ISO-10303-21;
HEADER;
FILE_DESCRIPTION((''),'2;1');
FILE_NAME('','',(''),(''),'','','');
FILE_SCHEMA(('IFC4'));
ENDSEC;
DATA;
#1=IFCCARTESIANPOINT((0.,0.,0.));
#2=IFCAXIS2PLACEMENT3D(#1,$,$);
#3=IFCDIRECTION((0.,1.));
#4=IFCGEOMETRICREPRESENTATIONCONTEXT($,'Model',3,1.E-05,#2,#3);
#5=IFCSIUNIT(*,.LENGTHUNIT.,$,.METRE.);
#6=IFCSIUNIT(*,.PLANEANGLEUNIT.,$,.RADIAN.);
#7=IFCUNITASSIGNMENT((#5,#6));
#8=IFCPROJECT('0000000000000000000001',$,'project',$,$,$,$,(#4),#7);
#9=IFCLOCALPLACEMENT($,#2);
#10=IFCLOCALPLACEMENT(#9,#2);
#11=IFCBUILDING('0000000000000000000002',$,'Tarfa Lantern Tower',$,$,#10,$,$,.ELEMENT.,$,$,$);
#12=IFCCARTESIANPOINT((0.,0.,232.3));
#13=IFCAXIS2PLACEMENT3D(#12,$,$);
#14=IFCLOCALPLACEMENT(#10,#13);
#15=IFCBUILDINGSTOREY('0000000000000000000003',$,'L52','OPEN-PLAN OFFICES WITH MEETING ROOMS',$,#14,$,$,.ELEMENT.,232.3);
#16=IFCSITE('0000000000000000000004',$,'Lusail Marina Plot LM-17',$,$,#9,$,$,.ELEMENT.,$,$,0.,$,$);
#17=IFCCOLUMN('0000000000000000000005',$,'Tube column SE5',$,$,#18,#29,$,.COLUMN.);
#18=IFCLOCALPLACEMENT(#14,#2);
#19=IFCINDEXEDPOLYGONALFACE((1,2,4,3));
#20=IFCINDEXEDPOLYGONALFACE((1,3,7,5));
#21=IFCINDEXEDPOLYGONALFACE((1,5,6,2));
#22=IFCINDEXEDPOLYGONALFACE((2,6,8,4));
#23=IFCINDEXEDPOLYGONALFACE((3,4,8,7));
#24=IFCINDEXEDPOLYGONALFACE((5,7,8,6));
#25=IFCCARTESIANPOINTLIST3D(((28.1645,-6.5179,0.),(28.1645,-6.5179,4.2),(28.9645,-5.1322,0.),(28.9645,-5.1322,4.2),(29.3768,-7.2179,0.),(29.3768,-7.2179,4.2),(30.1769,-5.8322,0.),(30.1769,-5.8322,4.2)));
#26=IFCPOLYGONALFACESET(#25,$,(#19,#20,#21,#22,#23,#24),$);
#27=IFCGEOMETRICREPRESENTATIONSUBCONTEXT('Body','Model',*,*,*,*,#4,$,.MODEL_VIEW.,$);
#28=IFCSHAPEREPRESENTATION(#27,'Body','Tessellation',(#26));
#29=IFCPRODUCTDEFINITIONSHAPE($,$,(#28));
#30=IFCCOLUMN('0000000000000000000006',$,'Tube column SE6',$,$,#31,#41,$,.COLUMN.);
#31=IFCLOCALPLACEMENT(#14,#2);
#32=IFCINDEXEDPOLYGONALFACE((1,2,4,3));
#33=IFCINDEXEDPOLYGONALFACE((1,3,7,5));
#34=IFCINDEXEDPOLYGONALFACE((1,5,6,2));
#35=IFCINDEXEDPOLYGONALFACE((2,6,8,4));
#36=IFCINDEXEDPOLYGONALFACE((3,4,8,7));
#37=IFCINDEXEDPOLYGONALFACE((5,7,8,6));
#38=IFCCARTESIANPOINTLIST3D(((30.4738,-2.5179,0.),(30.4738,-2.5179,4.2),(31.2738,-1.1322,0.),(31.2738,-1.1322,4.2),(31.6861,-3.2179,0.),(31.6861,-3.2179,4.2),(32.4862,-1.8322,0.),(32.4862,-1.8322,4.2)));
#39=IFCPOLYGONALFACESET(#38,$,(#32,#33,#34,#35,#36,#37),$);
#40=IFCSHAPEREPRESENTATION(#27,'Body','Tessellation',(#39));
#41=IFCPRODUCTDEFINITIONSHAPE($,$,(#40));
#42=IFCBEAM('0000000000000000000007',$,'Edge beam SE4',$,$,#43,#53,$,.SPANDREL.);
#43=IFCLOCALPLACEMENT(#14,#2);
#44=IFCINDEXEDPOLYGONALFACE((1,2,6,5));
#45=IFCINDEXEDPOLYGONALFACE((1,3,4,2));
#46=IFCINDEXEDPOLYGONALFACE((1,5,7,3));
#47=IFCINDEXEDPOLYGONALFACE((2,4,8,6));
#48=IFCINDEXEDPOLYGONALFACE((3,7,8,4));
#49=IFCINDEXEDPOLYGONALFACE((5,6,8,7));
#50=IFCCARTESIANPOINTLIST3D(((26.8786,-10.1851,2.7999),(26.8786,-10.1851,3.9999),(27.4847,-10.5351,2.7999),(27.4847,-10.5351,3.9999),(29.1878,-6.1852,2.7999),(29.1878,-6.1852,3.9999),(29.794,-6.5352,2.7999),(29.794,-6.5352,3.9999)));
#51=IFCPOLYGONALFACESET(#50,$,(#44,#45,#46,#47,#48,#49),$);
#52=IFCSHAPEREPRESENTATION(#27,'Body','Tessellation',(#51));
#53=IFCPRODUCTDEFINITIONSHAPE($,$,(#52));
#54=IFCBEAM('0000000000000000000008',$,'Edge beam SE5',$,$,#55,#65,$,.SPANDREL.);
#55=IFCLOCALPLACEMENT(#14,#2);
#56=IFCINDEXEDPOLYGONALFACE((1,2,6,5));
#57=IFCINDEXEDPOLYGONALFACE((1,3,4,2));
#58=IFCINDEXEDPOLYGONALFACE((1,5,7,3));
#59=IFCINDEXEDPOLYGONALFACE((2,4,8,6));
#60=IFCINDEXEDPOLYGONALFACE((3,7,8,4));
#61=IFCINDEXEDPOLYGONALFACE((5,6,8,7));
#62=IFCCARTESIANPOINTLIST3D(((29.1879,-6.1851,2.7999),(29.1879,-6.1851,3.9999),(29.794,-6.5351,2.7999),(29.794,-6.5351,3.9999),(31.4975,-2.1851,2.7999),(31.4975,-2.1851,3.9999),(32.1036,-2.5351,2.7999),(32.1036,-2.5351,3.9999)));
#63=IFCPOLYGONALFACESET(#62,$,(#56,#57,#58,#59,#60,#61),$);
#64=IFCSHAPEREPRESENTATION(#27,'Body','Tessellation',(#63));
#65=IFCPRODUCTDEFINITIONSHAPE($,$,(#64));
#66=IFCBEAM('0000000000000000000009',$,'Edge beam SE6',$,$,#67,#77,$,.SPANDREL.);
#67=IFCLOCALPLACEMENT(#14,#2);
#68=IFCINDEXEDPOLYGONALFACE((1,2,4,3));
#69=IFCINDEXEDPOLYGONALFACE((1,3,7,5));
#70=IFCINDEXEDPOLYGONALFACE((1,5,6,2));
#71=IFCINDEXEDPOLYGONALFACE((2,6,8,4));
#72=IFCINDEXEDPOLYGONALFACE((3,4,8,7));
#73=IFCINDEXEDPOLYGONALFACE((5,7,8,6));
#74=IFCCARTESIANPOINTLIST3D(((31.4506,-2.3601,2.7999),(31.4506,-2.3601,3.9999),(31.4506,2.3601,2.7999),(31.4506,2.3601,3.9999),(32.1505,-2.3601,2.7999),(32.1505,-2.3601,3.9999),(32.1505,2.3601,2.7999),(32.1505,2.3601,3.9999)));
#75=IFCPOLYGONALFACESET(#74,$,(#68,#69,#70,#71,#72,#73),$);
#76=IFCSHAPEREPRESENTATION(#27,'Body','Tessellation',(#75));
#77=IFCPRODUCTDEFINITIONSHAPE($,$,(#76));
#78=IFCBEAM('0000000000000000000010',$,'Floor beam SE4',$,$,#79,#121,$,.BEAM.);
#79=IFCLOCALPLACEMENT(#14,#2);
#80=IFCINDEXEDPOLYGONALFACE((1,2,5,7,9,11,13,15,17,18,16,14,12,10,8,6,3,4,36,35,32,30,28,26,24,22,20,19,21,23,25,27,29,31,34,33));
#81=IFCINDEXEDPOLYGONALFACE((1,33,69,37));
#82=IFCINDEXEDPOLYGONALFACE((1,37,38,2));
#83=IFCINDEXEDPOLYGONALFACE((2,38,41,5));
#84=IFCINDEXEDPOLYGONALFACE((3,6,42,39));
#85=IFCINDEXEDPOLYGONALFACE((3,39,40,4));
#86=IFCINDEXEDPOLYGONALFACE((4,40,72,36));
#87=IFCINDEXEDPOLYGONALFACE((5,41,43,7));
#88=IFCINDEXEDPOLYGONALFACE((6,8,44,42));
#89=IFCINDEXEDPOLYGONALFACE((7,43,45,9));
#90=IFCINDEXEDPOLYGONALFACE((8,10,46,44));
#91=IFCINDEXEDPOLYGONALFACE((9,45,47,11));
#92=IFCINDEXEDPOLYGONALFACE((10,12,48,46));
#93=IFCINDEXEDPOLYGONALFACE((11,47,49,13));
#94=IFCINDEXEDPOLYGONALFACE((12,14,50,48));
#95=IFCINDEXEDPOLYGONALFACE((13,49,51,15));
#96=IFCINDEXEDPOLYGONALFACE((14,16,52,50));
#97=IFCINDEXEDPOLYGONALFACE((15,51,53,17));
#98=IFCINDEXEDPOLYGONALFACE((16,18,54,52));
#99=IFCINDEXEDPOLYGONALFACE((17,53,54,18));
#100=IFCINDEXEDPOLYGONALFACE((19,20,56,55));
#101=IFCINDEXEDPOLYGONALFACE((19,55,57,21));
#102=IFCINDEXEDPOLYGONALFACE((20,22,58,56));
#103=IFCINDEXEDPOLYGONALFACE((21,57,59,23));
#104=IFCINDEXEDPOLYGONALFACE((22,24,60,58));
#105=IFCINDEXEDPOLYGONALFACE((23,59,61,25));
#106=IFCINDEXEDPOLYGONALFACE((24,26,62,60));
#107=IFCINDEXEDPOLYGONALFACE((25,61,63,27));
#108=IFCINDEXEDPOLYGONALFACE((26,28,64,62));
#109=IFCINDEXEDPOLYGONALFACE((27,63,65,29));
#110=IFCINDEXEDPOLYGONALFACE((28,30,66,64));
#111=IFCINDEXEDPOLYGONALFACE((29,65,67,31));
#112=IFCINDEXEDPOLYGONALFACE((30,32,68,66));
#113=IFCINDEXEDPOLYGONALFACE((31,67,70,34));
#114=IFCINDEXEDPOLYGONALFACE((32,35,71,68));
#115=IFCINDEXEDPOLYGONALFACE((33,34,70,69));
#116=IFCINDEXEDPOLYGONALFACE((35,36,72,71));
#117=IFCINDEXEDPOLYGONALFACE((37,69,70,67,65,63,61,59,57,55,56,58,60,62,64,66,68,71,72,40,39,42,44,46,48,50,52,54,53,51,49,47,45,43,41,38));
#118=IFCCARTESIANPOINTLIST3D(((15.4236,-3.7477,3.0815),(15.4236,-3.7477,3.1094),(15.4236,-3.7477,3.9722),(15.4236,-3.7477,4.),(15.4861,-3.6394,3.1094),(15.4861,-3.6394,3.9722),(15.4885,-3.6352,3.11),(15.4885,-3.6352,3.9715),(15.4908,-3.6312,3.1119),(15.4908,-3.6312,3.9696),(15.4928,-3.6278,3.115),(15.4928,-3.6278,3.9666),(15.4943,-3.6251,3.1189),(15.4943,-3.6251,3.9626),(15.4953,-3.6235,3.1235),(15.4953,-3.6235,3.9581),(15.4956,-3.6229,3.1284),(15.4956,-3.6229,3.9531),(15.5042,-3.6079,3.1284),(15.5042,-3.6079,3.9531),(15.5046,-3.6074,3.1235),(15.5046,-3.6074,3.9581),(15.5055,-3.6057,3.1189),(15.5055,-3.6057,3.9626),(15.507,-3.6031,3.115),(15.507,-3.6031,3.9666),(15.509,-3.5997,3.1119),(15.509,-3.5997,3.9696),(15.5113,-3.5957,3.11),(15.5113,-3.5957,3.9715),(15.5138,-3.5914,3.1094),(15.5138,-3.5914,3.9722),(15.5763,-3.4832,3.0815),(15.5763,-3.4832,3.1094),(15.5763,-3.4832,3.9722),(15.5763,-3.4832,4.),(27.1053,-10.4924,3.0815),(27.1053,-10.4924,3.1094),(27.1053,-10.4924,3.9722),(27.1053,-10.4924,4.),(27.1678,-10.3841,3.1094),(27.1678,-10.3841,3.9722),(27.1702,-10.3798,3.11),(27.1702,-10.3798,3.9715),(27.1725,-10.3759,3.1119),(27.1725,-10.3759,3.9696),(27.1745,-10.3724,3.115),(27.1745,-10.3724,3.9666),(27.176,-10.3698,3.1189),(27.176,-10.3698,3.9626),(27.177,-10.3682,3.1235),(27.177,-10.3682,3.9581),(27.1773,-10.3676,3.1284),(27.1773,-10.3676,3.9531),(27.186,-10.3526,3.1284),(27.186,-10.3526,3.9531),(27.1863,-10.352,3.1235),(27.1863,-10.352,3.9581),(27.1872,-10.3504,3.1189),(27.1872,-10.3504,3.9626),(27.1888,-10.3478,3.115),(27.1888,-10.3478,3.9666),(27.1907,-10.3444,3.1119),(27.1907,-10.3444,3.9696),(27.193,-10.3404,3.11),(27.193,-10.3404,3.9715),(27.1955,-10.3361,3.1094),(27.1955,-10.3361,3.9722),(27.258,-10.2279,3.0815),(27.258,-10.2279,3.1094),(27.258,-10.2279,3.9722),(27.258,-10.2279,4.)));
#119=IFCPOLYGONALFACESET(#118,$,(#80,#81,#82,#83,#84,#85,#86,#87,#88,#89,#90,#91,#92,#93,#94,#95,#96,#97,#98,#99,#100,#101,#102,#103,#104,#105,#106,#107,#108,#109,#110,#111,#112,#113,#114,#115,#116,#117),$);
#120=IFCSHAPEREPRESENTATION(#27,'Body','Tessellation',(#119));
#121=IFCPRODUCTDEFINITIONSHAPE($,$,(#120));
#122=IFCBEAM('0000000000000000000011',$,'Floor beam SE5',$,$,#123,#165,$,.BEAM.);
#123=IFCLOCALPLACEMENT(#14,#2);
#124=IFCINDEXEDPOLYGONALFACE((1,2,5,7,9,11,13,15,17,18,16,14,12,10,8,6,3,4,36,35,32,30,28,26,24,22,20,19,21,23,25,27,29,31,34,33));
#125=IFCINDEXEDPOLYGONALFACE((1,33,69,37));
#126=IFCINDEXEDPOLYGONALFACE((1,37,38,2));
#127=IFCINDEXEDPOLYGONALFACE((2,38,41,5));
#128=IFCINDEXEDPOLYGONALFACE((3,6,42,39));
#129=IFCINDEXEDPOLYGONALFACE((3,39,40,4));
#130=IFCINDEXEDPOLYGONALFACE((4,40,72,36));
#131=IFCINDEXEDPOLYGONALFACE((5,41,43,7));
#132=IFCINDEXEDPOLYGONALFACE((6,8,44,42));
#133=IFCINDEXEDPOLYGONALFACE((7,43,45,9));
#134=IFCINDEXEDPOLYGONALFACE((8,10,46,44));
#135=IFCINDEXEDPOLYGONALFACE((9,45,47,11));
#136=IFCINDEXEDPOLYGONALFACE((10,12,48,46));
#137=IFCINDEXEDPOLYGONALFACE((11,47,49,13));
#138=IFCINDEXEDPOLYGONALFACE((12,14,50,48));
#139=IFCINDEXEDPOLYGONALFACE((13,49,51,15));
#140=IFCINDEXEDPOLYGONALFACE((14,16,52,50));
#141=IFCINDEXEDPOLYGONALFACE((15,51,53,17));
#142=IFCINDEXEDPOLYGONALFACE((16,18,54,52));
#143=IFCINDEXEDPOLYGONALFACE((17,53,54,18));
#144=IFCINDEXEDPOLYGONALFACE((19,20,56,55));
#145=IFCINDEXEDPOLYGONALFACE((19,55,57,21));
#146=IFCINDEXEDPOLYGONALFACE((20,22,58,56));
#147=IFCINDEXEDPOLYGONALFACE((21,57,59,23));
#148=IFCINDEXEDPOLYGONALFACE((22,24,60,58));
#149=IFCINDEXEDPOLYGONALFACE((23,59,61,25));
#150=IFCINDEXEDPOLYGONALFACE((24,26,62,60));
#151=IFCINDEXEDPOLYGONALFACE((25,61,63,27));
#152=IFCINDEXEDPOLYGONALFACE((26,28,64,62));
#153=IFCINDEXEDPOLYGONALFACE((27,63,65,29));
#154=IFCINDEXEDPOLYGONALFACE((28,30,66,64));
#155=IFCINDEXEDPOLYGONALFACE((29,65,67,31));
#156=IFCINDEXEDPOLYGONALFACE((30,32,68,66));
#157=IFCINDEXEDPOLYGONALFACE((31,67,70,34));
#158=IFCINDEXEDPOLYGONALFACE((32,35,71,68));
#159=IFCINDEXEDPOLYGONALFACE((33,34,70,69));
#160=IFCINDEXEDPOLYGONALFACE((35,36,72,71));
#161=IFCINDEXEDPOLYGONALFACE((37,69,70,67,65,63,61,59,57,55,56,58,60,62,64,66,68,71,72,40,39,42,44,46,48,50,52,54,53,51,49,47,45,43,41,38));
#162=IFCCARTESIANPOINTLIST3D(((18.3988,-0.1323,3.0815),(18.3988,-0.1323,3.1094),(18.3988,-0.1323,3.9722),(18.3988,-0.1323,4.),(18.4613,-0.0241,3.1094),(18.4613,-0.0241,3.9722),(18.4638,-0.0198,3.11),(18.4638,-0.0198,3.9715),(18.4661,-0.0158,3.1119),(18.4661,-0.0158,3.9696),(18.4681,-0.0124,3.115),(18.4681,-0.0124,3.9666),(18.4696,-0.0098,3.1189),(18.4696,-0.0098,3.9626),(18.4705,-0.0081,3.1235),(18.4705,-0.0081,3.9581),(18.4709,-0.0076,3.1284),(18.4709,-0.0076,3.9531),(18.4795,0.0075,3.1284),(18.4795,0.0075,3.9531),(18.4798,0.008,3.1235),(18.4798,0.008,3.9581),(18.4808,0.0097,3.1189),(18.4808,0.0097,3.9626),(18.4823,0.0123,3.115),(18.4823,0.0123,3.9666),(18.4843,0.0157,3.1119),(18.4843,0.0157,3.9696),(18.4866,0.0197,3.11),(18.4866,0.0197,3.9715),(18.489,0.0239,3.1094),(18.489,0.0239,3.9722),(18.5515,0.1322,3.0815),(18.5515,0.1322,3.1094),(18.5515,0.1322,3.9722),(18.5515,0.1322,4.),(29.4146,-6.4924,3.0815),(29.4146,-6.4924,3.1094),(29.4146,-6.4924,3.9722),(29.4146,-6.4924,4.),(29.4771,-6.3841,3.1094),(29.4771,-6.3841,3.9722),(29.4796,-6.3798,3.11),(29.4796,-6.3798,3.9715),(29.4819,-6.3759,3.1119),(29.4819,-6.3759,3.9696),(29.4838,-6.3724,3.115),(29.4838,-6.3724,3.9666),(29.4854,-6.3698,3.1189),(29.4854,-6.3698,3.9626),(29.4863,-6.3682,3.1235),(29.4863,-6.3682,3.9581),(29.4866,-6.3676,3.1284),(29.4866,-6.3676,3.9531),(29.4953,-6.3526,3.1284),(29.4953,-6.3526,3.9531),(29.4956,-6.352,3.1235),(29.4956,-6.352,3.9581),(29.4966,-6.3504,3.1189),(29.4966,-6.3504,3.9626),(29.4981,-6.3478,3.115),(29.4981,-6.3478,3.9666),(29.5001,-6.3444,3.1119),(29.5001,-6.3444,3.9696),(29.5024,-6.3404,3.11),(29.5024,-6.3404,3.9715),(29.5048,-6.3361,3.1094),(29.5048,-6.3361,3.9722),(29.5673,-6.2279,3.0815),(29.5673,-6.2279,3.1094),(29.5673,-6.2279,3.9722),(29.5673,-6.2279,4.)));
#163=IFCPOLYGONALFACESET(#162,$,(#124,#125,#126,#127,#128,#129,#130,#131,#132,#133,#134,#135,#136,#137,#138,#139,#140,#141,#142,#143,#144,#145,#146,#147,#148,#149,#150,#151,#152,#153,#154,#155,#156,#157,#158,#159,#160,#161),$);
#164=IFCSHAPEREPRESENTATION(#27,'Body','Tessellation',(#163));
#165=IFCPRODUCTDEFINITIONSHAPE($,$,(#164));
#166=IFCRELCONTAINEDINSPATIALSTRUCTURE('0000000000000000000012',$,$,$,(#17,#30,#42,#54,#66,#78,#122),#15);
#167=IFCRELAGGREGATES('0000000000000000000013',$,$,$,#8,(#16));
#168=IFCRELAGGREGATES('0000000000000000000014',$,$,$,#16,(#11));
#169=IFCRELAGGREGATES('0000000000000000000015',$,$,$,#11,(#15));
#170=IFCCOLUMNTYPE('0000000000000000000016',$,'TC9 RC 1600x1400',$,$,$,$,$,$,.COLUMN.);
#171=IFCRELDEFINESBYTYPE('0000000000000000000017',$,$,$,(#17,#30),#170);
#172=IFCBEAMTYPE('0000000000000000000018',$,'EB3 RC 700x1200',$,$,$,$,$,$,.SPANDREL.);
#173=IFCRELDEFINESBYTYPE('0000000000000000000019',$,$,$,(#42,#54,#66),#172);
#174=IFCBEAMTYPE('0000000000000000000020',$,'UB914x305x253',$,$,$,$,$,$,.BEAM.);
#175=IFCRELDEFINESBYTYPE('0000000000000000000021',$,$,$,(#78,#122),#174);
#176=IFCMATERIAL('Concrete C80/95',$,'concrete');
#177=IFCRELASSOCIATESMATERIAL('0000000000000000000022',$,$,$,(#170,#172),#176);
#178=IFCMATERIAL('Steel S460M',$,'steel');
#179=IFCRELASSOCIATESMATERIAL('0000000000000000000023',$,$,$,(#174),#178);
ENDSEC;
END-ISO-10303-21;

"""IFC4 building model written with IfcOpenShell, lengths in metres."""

from ifc_helpers import new_model, si_unit, direction, frame, origin, origin_2d, place, context, subcontext, project, spatial, rectangle, i_section, extrude, material, material_profile, profile_set, type_object, element, save


model = new_model("IFC4")

# Units and contexts
model_context = context("Model", 3, precision=1e-05, world=origin(), true_north=direction((0.0, 1.0)))
body_context = subcontext(model_context, "Body", "Model", "MODEL_VIEW")
ifc_project = project(units=[si_unit("LENGTHUNIT", "METRE"), si_unit("PLANEANGLEUNIT", "RADIAN")], contexts=[model_context])

# Site, building, storey
site_placement = place(None, origin())
site = spatial("IfcSite", under=ifc_project, at=site_placement, Name="Lusail Marina Plot LM-17", CompositionType="ELEMENT", RefElevation=0.0)
building_placement = place(site_placement, origin())
building = spatial("IfcBuilding", under=site, at=building_placement, Name="Tarfa Lantern Tower", CompositionType="ELEMENT")
storey_placement = place(building_placement, frame((0.0, 0.0, 232.3)))
storey = spatial("IfcBuildingStorey", under=building, at=storey_placement, Name="L52", Description="OPEN-PLAN OFFICES WITH MEETING ROOMS", CompositionType="ELEMENT", Elevation=232.3)

# Columns
ifc_material_1 = material(Name="Concrete C80/95", Category="concrete")
ifc_material_profile_1 = material_profile(ifc_material_1, rectangle(XDim=1.6001, YDim=1.3999, at=origin_2d()), Name="RC 1600x1400")
ifc_profile_set_1 = profile_set([ifc_material_profile_1], Name="Concrete C80/95")
column_type = type_object("IfcColumnType", Name="TC9 RC 1600x1400", PredefinedType="COLUMN", material=ifc_profile_set_1)
for number, where, z_axis, x_axis, name in (
    (1, (29.1707, -6.175, 0.0), (0.0, 0.0, 1.0), (0.5, 0.866025, 0.0), "Tube column SE5"),
    (2, (31.48, -2.175, 0.0), (0.0, 0.0, 1.0), (0.5, 0.866025, 0.0), "Tube column SE6"),
):
    element("IfcColumn", number, at=place(storey_placement, frame(where, z_axis=z_axis, x_axis=x_axis)), inside=storey, type_object=column_type, Name=name, PredefinedType="COLUMN", context=body_context, shape_type="SweptSolid", body=[
        extrude(rectangle(XDim=1.6001, YDim=1.3999, at=origin_2d()), origin(), (0.0, 0.0, 1.0), 4.2),
    ])

# Beams
ifc_material_profile_2 = material_profile(ifc_material_1, rectangle(XDim=0.7, YDim=1.2, at=origin_2d()), Name="RC 700x1200")
ifc_profile_set_2 = profile_set([ifc_material_profile_2], Name="Concrete C80/95")
beam_type_1 = type_object("IfcBeamType", Name="EB3 RC 700x1200", PredefinedType="SPANDREL", material=ifc_profile_set_2)
beam_1_placement = place(storey_placement, frame((27.1816, -10.3601, 3.3999), z_axis=(0.499988, 0.866032, 0.0), x_axis=(-0.866032, 0.499988, 0.0)))
element("IfcBeam", 3, at=beam_1_placement, inside=storey, type_object=beam_type_1, Name="Edge beam SE4", PredefinedType="SPANDREL", context=body_context, shape_type="SweptSolid", body=[
    extrude(rectangle(XDim=0.7, YDim=1.2, at=origin_2d()), origin(), (0.0, 0.0, 1.0), 4.6187),
])
beam_2_placement = place(storey_placement, frame((29.491, -6.3601, 3.3999), z_axis=(0.500027, 0.86601, 0.0), x_axis=(-0.86601, 0.500027, 0.0)))
element("IfcBeam", 4, at=beam_2_placement, inside=storey, type_object=beam_type_1, Name="Edge beam SE5", PredefinedType="SPANDREL", context=body_context, shape_type="SweptSolid", body=[
    extrude(rectangle(XDim=0.7, YDim=1.2, at=origin_2d()), origin(), (0.0, 0.0, 1.0), 4.6189),
])
beam_3_placement = place(storey_placement, frame((31.8005, -2.3601, 3.3999), z_axis=(0.0, 1.0, 0.0), x_axis=(-1.0, 0.0, 0.0)))
element("IfcBeam", 5, at=beam_3_placement, inside=storey, type_object=beam_type_1, Name="Edge beam SE6", PredefinedType="SPANDREL", context=body_context, shape_type="SweptSolid", body=[
    extrude(rectangle(XDim=0.7, YDim=1.2, at=origin_2d()), origin(), (0.0, 0.0, 1.0), 4.7202),
])
ifc_material_2 = material(Name="Steel S460M", Category="steel")
ifc_material_profile_3 = material_profile(ifc_material_2, i_section(OverallWidth=0.3054, OverallDepth=0.9185, WebThickness=0.0173, FlangeThickness=0.0278, FilletRadius=0.019, at=origin_2d()), Name="UB914x305x253")
ifc_profile_set_3 = profile_set([ifc_material_profile_3], Name="Steel S460M")
beam_type_2 = type_object("IfcBeamType", Name="UB914x305x253", PredefinedType="BEAM", material=ifc_profile_set_3)
beam_4_placement = place(storey_placement, frame((27.1816, -10.3601, 3.5408), z_axis=(-0.866018, 0.500013, 0.0), x_axis=(-0.500013, -0.866018, 0.0)))
element("IfcBeam", 6, at=beam_4_placement, inside=storey, type_object=beam_type_2, Name="Floor beam SE4", PredefinedType="BEAM", context=body_context, shape_type="SweptSolid", body=[
    extrude(i_section(OverallWidth=0.3054, OverallDepth=0.9185, WebThickness=0.0173, FlangeThickness=0.0278, FilletRadius=0.019, at=origin_2d()), origin(), (0.0, 0.0, 1.0), 13.489),
])
beam_5_placement = place(storey_placement, frame((29.491, -6.3601, 3.5408), z_axis=(-0.866022, 0.500005, 0.0), x_axis=(-0.500005, -0.866022, 0.0)))
element("IfcBeam", 7, at=beam_5_placement, inside=storey, type_object=beam_type_2, Name="Floor beam SE5", PredefinedType="BEAM", context=body_context, shape_type="SweptSolid", body=[
    extrude(i_section(OverallWidth=0.3054, OverallDepth=0.9185, WebThickness=0.0173, FlangeThickness=0.0278, FilletRadius=0.019, at=origin_2d()), origin(), (0.0, 0.0, 1.0), 12.72),
])

save(model, "model.ifc")
